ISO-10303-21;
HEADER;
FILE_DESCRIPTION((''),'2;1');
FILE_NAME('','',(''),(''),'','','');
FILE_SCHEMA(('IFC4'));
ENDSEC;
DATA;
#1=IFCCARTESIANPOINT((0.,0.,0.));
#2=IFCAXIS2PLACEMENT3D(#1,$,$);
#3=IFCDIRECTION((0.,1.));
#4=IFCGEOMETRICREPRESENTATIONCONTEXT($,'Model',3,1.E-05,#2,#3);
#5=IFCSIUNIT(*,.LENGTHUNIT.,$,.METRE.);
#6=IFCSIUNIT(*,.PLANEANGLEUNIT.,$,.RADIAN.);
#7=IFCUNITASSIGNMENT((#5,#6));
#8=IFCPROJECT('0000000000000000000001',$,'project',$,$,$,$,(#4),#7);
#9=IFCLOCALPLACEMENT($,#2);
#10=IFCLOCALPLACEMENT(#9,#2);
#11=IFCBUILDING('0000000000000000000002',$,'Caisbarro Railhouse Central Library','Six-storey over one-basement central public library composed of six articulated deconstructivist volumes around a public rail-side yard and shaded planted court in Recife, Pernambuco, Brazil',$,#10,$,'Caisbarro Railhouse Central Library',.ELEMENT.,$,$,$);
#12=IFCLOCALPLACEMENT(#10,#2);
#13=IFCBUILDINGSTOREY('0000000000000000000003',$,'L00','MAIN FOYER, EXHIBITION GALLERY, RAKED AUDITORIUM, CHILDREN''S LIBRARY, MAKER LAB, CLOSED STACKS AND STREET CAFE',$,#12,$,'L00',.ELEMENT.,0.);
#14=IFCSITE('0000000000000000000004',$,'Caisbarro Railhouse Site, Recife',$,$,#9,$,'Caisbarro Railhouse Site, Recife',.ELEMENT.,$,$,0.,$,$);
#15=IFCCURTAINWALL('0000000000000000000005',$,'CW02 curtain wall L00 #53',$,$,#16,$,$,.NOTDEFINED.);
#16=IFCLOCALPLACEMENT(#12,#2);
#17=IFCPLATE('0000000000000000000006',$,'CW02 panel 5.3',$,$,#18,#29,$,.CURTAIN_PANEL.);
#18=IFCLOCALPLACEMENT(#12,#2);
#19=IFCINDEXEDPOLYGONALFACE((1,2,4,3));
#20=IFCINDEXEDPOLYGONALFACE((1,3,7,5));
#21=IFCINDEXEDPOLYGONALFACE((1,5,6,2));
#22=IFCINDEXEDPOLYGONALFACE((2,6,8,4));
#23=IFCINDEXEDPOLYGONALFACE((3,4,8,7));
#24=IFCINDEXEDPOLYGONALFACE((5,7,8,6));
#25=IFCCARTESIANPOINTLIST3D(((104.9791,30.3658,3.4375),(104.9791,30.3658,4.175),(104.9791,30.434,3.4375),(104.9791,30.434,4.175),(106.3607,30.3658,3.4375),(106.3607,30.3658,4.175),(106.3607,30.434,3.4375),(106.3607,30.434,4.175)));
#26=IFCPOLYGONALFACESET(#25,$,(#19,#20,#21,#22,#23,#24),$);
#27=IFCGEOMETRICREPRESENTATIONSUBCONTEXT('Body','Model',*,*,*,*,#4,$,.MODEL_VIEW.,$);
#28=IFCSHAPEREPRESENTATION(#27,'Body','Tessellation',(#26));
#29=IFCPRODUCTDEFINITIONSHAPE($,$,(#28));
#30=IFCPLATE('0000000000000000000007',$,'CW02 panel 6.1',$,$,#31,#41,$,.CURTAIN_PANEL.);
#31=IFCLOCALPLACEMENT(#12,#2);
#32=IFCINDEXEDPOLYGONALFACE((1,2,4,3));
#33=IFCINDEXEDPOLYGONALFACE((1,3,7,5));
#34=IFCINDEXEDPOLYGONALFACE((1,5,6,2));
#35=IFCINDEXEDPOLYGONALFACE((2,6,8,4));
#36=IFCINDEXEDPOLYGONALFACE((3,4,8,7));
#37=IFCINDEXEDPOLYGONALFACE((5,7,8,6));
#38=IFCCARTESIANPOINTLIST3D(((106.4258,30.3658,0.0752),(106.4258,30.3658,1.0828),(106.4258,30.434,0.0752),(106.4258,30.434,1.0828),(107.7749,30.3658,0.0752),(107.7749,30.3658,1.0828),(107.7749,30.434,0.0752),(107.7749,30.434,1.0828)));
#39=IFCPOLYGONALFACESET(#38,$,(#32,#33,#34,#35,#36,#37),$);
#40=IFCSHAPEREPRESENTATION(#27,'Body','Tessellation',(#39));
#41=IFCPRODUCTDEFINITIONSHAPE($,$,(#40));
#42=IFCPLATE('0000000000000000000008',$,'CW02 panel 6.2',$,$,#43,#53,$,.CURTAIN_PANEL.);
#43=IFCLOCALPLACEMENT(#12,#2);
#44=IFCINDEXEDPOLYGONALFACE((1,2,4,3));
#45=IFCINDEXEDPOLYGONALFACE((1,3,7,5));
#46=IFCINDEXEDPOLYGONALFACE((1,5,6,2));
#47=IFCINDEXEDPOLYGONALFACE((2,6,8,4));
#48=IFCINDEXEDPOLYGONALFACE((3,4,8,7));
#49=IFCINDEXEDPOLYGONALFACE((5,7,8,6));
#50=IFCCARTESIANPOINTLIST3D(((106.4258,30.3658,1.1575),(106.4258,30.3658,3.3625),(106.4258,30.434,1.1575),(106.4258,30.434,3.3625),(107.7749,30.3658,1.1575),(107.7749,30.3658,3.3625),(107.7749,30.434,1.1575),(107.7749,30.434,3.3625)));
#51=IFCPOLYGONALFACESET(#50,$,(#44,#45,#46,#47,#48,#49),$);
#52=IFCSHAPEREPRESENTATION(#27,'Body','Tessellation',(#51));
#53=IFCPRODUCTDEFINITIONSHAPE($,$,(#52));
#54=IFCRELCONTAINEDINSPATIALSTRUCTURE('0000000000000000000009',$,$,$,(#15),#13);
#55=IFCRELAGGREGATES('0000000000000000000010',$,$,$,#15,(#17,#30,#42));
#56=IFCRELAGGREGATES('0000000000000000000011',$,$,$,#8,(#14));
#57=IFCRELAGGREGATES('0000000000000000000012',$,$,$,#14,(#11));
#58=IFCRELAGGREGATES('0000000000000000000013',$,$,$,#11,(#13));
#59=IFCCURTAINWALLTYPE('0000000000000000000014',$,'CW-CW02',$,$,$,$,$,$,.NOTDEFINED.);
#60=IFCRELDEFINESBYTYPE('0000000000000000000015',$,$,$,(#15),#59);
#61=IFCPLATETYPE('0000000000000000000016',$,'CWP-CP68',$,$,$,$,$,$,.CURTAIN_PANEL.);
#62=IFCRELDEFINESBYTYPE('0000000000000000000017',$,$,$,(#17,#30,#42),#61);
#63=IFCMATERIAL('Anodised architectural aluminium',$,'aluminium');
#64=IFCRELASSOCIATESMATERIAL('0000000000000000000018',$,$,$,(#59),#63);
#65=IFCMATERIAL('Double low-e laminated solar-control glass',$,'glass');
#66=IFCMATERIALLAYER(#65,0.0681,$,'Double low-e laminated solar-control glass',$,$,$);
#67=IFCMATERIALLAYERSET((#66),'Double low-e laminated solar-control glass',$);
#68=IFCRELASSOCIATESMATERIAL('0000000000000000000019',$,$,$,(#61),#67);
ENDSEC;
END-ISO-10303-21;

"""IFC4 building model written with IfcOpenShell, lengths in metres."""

from ifc_helpers import new_model, si_unit, direction, frame, origin, origin_2d, place, context, subcontext, project, spatial, rectangle, extrude, material, layer, layer_set, type_object, element, aggregate, save


model = new_model("IFC4")

# Units and contexts
model_context = context("Model", 3, precision=1e-05, world=origin(), true_north=direction((0.0, 1.0)))
body_context = subcontext(model_context, "Body", "Model", "MODEL_VIEW")
ifc_project = project(units=[si_unit("LENGTHUNIT", "METRE"), si_unit("PLANEANGLEUNIT", "RADIAN")], contexts=[model_context])

# Site, building, storey
site_placement = place(None, origin())
site = spatial("IfcSite", under=ifc_project, at=site_placement, Name="Caisbarro Railhouse Site, Recife", LongName="Caisbarro Railhouse Site, Recife", CompositionType="ELEMENT", RefElevation=0.0)
building_placement = place(site_placement, origin())
building = spatial("IfcBuilding", under=site, at=building_placement, Name="Caisbarro Railhouse Central Library", Description="Six-storey over one-basement central public library composed of six articulated deconstructivist volumes around a public rail-side yard and shaded planted court in Recife, Pernambuco, Brazil", LongName="Caisbarro Railhouse Central Library", CompositionType="ELEMENT")
storey_placement = place(building_placement, origin())
storey = spatial("IfcBuildingStorey", under=building, at=storey_placement, Name="L00", Description="MAIN FOYER, EXHIBITION GALLERY, RAKED AUDITORIUM, CHILDREN'S LIBRARY, MAKER LAB, CLOSED STACKS AND STREET CAFE", LongName="L00", CompositionType="ELEMENT", Elevation=0.0)

# Curtain wall, plates
ifc_material_1 = material(Name="Anodised architectural aluminium", Category="aluminium")
curtain_wall_type = type_object("IfcCurtainWallType", Name="CW-CW02", PredefinedType="NOTDEFINED", material=ifc_material_1)
curtain_wall_placement = place(storey_placement, origin())
curtain_wall = element("IfcCurtainWall", 1, at=curtain_wall_placement, inside=storey, type_object=curtain_wall_type, Name="CW02 curtain wall L00 #53", PredefinedType="NOTDEFINED")
ifc_material_2 = material(Name="Double low-e laminated solar-control glass", Category="glass")
ifc_layer = layer(ifc_material_2, 0.0681, Name="Double low-e laminated solar-control glass")
ifc_layer_set = layer_set([ifc_layer], Name="Double low-e laminated solar-control glass")
plate_type = type_object("IfcPlateType", Name="CWP-CP68", PredefinedType="CURTAIN_PANEL", material=ifc_layer_set)
plate_1_placement = place(storey_placement, frame((105.6699, 30.3999, 3.4375), z_axis=(0.0, 0.0, 1.0), x_axis=(1.0, 0.0, 0.0)))
plate_1 = element("IfcPlate", 2, at=plate_1_placement, type_object=plate_type, Name="CW02 panel 5.3", PredefinedType="CURTAIN_PANEL", context=body_context, shape_type="SweptSolid", body=[
    extrude(rectangle(XDim=1.3816, YDim=0.0681, at=origin_2d()), origin(), (0.0, 0.0, 1.0), 0.7375),
])
plate_2_placement = place(storey_placement, frame((107.1003, 30.3999, 0.0752), z_axis=(0.0, 0.0, 1.0), x_axis=(1.0, 0.0, 0.0)))
plate_2 = element("IfcPlate", 3, at=plate_2_placement, type_object=plate_type, Name="CW02 panel 6.1", PredefinedType="CURTAIN_PANEL", context=body_context, shape_type="SweptSolid", body=[
    extrude(rectangle(XDim=1.3491, YDim=0.0681, at=origin_2d()), origin(), (0.0, 0.0, 1.0), 1.0076),
])
plate_3_placement = place(storey_placement, frame((107.1003, 30.3999, 1.1575), z_axis=(0.0, 0.0, 1.0), x_axis=(1.0, 0.0, 0.0)))
plate_3 = element("IfcPlate", 4, at=plate_3_placement, type_object=plate_type, Name="CW02 panel 6.2", PredefinedType="CURTAIN_PANEL", context=body_context, shape_type="SweptSolid", body=[
    extrude(rectangle(XDim=1.3491, YDim=0.0681, at=origin_2d()), origin(), (0.0, 0.0, 1.0), 2.2051),
])
aggregate(curtain_wall, [plate_1, plate_2, plate_3])

save(model, "model.ifc")
